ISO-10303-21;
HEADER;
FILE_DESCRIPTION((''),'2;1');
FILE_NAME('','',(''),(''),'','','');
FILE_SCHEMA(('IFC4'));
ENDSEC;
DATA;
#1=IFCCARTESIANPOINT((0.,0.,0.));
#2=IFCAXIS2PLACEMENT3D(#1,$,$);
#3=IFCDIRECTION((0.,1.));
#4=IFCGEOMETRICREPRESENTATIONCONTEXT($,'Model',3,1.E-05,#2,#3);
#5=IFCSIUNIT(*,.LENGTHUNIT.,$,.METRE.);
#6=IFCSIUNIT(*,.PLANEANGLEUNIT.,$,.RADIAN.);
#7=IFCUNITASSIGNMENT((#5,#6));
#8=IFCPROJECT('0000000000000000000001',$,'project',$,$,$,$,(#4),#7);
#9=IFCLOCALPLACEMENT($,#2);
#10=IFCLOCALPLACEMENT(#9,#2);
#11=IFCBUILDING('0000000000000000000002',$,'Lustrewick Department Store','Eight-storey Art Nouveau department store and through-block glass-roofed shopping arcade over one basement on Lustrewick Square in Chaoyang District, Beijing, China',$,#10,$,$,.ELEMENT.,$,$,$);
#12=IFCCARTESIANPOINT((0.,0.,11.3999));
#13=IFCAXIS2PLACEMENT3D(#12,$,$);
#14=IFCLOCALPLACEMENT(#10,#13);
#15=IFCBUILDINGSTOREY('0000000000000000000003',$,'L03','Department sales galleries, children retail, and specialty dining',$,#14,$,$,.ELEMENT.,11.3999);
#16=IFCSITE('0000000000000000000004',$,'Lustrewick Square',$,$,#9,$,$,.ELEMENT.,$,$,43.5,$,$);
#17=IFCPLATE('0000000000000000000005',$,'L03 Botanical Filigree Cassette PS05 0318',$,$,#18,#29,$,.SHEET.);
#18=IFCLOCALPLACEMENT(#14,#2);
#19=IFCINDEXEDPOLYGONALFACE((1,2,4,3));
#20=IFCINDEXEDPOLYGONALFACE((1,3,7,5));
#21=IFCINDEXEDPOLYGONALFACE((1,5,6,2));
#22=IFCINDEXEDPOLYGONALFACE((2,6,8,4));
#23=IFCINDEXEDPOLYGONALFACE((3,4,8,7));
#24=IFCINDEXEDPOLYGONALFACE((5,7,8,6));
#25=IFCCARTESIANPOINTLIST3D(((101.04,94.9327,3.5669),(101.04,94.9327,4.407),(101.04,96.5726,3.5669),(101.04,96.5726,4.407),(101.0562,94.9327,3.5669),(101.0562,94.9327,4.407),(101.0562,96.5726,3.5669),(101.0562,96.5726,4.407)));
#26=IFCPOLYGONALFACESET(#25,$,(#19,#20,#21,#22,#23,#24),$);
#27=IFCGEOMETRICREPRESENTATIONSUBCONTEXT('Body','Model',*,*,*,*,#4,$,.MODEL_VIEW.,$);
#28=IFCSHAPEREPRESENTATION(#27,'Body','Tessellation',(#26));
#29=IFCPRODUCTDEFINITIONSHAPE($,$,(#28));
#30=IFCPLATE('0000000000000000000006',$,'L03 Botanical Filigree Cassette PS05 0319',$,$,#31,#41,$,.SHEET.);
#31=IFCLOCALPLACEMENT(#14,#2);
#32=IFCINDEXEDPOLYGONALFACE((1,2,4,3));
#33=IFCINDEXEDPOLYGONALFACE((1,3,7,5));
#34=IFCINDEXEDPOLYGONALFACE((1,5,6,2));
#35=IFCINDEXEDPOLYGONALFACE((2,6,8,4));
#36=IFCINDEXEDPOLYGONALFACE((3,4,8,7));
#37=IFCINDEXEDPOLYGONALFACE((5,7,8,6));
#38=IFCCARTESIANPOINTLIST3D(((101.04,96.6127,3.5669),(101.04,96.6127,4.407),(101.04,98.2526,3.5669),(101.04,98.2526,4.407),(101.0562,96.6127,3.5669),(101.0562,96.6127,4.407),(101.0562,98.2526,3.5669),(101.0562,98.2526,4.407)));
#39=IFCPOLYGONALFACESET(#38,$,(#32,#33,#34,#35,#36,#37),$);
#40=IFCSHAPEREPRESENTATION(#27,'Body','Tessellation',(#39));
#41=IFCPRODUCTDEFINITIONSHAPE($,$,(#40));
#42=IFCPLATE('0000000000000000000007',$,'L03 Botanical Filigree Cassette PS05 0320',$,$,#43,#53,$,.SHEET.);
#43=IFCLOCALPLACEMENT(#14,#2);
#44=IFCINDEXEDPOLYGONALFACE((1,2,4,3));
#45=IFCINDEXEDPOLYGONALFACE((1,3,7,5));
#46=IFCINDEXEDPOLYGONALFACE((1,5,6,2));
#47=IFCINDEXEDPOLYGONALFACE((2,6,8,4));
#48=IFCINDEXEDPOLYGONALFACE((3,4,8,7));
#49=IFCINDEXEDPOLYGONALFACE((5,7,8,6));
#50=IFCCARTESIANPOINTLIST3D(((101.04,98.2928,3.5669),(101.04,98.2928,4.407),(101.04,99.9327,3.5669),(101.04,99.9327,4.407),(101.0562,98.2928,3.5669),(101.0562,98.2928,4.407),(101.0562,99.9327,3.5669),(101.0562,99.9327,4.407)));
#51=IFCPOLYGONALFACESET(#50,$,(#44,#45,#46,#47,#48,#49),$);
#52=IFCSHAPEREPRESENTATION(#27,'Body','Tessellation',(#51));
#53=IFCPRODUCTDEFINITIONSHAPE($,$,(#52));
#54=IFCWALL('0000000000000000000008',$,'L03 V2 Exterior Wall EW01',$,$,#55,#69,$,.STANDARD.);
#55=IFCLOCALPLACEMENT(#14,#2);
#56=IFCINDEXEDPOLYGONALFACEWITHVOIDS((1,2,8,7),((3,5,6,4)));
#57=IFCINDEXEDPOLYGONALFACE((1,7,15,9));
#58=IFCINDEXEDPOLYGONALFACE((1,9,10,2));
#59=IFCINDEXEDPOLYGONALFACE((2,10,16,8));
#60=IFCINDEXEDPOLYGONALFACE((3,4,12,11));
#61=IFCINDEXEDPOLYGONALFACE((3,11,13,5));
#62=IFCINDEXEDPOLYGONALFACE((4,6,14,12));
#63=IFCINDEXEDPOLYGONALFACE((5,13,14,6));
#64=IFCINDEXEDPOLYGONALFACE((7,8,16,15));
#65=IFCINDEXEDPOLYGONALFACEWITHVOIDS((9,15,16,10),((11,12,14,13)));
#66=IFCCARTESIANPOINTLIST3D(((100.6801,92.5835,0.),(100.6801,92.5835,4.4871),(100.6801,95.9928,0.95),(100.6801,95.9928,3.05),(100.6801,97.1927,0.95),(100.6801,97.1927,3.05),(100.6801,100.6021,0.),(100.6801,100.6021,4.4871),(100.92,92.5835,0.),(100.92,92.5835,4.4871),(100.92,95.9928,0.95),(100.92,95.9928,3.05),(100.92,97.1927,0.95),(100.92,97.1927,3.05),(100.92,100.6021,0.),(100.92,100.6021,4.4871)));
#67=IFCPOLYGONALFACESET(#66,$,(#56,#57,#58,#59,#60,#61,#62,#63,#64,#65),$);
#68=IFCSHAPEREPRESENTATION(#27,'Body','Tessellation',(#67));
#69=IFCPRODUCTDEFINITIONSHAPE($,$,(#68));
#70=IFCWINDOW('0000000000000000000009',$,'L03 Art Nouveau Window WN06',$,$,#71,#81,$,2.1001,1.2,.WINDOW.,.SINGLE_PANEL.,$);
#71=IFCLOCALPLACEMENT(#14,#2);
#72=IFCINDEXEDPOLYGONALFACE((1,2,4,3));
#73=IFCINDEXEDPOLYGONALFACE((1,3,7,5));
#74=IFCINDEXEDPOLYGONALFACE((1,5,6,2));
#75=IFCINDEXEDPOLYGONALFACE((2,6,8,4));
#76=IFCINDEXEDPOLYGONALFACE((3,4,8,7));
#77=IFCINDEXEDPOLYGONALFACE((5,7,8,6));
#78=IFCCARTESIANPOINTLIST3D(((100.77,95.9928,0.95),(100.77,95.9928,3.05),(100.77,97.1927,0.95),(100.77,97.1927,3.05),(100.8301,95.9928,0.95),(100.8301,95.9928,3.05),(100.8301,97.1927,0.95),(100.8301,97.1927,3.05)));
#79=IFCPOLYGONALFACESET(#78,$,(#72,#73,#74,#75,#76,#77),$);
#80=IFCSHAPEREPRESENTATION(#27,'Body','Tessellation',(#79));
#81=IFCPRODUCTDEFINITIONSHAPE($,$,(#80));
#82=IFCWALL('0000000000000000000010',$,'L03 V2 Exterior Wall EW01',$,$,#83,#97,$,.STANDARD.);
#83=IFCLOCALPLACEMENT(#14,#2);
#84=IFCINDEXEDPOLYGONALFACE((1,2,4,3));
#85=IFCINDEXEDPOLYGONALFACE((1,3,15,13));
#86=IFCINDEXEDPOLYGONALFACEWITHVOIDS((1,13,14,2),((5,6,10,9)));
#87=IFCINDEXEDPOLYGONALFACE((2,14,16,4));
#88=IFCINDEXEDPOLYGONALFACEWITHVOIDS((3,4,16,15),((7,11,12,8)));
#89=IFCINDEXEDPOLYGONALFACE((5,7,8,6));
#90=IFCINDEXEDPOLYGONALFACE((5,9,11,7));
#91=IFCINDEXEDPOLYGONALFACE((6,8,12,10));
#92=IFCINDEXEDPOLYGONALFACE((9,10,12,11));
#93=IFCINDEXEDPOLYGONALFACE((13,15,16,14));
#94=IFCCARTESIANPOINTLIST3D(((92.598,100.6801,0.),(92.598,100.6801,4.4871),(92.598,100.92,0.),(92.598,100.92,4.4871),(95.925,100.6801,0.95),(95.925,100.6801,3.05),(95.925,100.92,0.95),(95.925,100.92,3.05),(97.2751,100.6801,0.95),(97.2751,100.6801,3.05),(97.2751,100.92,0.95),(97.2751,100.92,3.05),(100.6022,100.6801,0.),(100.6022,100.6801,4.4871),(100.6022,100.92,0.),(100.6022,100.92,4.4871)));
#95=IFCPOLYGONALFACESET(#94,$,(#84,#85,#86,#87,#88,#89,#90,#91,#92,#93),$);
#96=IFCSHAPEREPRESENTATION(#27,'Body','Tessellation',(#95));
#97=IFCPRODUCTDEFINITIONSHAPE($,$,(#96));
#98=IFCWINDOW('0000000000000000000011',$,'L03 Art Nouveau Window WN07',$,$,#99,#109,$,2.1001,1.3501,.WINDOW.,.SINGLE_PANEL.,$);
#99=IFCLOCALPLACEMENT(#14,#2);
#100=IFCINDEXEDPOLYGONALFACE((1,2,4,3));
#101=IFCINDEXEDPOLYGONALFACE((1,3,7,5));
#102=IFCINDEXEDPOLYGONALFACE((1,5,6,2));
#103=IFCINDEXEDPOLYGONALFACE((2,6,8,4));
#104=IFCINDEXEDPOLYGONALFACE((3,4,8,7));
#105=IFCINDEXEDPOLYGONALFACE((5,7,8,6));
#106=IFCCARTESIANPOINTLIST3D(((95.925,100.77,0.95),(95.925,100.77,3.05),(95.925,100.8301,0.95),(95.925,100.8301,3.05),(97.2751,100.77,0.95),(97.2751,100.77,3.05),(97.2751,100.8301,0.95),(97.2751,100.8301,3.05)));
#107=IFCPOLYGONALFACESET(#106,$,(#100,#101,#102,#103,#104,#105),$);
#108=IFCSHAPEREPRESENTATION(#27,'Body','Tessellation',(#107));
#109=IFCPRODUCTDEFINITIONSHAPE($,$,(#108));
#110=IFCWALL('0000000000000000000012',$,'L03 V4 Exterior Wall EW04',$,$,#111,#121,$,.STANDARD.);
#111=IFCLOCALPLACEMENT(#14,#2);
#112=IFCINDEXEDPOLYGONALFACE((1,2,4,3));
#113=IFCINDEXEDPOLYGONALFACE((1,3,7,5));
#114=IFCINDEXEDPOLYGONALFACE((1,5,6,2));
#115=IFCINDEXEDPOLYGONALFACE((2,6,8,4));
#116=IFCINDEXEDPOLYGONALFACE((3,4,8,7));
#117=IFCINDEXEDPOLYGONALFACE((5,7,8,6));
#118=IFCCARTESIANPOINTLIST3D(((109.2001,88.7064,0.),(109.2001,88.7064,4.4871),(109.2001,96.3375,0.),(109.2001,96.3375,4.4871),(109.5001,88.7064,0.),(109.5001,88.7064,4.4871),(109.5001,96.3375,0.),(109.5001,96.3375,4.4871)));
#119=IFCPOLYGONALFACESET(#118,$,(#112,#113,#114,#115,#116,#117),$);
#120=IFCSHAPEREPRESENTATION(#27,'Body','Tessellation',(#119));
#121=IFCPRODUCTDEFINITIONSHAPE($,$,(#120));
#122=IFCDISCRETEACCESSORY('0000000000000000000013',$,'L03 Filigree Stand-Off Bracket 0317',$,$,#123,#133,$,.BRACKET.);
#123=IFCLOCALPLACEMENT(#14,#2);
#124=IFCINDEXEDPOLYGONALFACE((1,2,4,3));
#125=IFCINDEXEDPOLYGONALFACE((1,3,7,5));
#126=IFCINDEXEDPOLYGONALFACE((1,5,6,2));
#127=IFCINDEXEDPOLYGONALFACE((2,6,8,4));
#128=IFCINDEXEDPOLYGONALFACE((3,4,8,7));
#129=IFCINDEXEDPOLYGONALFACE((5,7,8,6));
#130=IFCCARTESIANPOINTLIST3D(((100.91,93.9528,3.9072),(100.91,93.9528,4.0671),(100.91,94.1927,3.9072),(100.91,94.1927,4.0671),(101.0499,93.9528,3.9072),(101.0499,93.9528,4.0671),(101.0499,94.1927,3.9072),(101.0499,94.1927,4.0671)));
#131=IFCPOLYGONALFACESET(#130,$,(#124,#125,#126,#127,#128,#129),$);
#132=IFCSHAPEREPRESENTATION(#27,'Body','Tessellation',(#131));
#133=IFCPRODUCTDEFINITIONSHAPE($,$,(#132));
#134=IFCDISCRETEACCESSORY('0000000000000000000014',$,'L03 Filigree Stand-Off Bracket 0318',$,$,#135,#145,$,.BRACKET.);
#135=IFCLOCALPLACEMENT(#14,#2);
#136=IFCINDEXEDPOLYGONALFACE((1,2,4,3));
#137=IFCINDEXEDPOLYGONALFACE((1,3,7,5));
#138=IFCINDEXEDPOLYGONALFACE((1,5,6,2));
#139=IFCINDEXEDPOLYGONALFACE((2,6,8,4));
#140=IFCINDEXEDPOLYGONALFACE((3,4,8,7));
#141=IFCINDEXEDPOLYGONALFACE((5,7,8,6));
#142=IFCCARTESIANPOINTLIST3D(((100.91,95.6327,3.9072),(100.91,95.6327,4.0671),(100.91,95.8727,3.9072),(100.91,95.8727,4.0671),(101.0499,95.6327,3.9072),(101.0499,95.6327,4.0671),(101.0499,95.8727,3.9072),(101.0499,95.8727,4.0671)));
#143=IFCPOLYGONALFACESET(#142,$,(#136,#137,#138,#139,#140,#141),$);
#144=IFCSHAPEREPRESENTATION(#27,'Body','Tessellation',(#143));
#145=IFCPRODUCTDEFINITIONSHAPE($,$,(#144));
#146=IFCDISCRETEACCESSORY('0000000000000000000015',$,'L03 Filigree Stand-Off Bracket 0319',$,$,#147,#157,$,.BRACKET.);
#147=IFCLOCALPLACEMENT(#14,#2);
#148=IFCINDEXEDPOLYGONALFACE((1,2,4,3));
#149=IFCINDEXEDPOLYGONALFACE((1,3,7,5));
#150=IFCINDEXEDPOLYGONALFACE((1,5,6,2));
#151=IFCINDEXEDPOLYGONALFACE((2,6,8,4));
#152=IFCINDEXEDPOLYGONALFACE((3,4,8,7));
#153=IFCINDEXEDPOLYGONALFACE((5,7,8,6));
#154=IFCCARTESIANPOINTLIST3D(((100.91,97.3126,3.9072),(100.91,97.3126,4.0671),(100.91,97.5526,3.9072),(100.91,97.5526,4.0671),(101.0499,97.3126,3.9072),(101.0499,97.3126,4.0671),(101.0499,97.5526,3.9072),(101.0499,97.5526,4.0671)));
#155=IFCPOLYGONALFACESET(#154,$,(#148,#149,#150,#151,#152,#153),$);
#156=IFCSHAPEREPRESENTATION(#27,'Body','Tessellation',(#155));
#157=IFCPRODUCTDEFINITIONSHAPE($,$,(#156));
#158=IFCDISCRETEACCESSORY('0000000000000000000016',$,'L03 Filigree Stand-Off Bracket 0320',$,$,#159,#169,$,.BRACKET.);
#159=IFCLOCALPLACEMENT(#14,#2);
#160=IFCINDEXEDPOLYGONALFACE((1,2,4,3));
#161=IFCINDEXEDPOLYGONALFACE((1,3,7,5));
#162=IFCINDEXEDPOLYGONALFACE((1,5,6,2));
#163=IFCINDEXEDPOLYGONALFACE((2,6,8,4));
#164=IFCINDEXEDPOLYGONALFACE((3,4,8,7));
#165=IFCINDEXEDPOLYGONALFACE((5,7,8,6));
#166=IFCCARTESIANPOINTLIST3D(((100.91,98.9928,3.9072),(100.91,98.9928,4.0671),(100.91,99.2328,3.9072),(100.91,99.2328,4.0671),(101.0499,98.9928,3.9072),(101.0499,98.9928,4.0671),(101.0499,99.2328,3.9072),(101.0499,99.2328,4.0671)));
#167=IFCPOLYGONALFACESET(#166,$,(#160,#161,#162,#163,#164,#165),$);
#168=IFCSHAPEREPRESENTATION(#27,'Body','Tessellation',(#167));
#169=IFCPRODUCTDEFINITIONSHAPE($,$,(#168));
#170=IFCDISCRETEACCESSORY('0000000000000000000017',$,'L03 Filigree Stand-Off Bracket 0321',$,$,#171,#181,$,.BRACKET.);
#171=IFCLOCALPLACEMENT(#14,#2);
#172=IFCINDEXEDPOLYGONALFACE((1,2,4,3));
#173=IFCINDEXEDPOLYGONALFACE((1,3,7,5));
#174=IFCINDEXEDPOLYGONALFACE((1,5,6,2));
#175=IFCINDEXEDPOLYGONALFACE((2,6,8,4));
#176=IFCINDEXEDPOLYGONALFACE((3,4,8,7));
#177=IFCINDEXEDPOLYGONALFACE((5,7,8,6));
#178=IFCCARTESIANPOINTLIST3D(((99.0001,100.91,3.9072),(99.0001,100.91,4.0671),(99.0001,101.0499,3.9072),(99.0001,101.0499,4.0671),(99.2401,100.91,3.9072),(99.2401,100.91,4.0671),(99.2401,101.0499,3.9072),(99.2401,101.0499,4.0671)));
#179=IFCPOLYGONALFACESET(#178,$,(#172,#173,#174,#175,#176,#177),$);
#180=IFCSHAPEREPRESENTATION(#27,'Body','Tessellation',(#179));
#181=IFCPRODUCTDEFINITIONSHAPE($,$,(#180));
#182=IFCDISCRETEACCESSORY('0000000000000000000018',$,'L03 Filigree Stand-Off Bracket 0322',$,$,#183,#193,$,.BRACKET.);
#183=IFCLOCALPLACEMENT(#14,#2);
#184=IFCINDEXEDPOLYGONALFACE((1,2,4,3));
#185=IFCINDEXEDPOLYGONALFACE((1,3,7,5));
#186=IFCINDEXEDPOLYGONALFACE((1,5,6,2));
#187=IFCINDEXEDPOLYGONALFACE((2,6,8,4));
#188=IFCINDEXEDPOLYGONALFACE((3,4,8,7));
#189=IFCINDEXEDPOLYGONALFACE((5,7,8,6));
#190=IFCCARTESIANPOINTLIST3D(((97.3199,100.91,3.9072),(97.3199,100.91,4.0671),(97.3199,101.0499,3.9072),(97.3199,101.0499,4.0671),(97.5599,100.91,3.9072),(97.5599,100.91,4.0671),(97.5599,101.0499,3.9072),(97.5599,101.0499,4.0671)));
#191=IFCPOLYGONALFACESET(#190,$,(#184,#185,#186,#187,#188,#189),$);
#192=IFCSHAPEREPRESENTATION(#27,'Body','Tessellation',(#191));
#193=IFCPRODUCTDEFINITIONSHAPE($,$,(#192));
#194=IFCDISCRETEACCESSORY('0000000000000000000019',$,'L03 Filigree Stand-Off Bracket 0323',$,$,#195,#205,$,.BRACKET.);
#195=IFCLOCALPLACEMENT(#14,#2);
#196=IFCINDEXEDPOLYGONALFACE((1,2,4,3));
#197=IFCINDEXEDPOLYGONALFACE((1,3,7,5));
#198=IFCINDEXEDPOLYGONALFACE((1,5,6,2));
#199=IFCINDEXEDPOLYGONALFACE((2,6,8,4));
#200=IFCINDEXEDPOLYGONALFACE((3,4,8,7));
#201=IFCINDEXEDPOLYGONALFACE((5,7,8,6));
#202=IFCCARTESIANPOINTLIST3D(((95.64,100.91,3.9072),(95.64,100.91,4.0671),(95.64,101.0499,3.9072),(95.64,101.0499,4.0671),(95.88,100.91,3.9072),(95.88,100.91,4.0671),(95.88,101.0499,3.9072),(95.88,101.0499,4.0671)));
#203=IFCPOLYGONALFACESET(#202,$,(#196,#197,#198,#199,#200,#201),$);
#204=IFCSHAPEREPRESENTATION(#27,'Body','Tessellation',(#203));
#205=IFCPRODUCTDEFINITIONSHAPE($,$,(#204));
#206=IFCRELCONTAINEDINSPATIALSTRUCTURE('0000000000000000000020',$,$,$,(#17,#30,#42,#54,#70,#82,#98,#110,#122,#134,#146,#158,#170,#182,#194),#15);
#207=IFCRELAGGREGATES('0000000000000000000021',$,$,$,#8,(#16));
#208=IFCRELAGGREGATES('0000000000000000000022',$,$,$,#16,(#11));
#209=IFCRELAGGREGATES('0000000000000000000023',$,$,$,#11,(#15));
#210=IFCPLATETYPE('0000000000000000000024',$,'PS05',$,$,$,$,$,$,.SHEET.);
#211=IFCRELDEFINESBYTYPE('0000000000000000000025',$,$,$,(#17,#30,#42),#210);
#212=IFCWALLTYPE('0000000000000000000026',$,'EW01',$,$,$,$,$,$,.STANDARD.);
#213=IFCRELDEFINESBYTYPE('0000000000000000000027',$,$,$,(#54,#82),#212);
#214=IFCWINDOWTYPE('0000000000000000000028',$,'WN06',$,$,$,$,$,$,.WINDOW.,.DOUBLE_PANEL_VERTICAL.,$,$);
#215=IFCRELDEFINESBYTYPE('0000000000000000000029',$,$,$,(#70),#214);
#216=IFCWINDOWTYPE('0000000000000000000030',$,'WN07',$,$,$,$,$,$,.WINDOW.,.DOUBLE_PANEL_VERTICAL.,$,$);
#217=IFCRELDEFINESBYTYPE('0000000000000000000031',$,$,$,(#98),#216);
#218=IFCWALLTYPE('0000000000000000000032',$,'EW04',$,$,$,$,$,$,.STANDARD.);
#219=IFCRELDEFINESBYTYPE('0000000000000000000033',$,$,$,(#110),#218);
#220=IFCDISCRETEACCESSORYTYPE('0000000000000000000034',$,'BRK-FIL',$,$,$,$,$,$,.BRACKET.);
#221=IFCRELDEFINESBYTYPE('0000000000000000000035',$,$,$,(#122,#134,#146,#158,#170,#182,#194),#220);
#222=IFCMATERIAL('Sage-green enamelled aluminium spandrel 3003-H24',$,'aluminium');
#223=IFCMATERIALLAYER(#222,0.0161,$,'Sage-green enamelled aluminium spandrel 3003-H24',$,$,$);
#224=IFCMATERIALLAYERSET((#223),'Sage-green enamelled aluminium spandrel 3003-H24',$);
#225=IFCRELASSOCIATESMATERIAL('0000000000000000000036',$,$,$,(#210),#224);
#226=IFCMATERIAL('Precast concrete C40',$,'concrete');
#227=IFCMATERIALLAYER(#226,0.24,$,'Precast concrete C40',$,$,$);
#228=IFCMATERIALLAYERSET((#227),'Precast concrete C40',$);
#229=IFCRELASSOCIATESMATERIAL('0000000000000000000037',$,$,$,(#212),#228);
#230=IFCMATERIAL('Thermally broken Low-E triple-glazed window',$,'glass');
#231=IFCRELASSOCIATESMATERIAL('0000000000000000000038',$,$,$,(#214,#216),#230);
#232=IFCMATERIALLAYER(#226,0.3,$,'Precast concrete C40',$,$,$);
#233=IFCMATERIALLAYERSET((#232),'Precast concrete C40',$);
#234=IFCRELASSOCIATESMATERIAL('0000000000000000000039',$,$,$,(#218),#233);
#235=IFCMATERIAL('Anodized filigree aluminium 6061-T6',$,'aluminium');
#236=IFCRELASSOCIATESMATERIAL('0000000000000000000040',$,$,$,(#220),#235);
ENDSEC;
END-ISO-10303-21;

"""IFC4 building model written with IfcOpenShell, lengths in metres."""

from ifc_helpers import new_model, si_unit, direction, frame, frame_2d, origin, origin_2d, place, context, subcontext, project, spatial, rectangle, extrude, material, layer, layer_set, type_object, element, fill, save


model = new_model("IFC4")

# Units and contexts
model_context = context("Model", 3, precision=1e-05, world=origin(), true_north=direction((0.0, 1.0)))
body_context = subcontext(model_context, "Body", "Model", "MODEL_VIEW")
ifc_project = project(units=[si_unit("LENGTHUNIT", "METRE"), si_unit("PLANEANGLEUNIT", "RADIAN")], contexts=[model_context])

# Site, building, storey
site_placement = place(None, origin())
site = spatial("IfcSite", under=ifc_project, at=site_placement, Name="Lustrewick Square", CompositionType="ELEMENT", RefElevation=43.5)
building_placement = place(site_placement, origin())
building = spatial("IfcBuilding", under=site, at=building_placement, Name="Lustrewick Department Store", Description="Eight-storey Art Nouveau department store and through-block glass-roofed shopping arcade over one basement on Lustrewick Square in Chaoyang District, Beijing, China", CompositionType="ELEMENT")
storey_placement = place(building_placement, frame((0.0, 0.0, 11.3999)))
storey = spatial("IfcBuildingStorey", under=building, at=storey_placement, Name="L03", Description="Department sales galleries, children retail, and specialty dining", CompositionType="ELEMENT", Elevation=11.3999)

# Plates
ifc_material_1 = material(Name="Sage-green enamelled aluminium spandrel 3003-H24", Category="aluminium")
ifc_layer_1 = layer(ifc_material_1, 0.0161, Name="Sage-green enamelled aluminium spandrel 3003-H24")
ifc_layer_set_1 = layer_set([ifc_layer_1], Name="Sage-green enamelled aluminium spandrel 3003-H24")
plate_type_1 = type_object("IfcPlateType", Name="PS05", PredefinedType="SHEET", material=ifc_layer_set_1)
for number, where, z_axis, x_axis, name in (
    (1, (101.0481, 95.7527, 3.5669), (0.0, 0.0, 1.0), (0.0, 1.0, 0.0), "L03 Botanical Filigree Cassette PS05 0318"),
    (2, (101.0481, 97.4326, 3.5669), (0.0, 0.0, 1.0), (0.0, 1.0, 0.0), "L03 Botanical Filigree Cassette PS05 0319"),
    (3, (101.0481, 99.1128, 3.5669), (0.0, 0.0, 1.0), (0.0, 1.0, 0.0), "L03 Botanical Filigree Cassette PS05 0320"),
):
    element("IfcPlate", number, at=place(storey_placement, frame(where, z_axis=z_axis, x_axis=x_axis)), inside=storey, type_object=plate_type_1, Name=name, PredefinedType="SHEET", context=body_context, shape_type="SweptSolid", body=[
        extrude(rectangle(XDim=1.6399, YDim=0.0161, at=origin_2d()), origin(), (0.0, 0.0, 1.0), 0.8401),
    ])

# Walls, openings, windows
ifc_material_2 = material(Name="Precast concrete C40", Category="concrete")
ifc_layer_2 = layer(ifc_material_2, 0.24, Name="Precast concrete C40")
ifc_layer_set_2 = layer_set([ifc_layer_2], Name="Precast concrete C40")
wall_type_1 = type_object("IfcWallType", Name="EW01", PredefinedType="STANDARD", material=ifc_layer_set_2)
wall_1_placement = place(storey_placement, frame((100.8, 92.5835, 0.0), z_axis=(0.0, 0.0, 1.0), x_axis=(0.0, 1.0, 0.0)))
wall_1 = element("IfcWall", 4, at=wall_1_placement, inside=storey, type_object=wall_type_1, Name="L03 V2 Exterior Wall EW01", PredefinedType="STANDARD", context=body_context, shape_type="SweptSolid", body=[
    extrude(rectangle(XDim=8.0186, YDim=0.24, at=frame_2d((4.0093, 0.0))), origin(), (0.0, 0.0, 1.0), 4.4871),
])
opening_1_placement = place(wall_1_placement, frame((3.4092, 0.0, 0.95)))
opening_1 = element("IfcOpeningElement", 5, at=opening_1_placement, cuts=wall_1, PredefinedType="OPENING", context=body_context, shape_type="SweptSolid", body=[
    extrude(rectangle(XDim=1.2, YDim=2.1001, at=frame_2d((0.6001, 1.05))), frame((0.0, 0.1299, 0.0), z_axis=(0.0, -1.0, 0.0), x_axis=(1.0, 0.0, 0.0)), (0.0, 0.0, 1.0), 0.26),
])
ifc_material_3 = material(Name="Thermally broken Low-E triple-glazed window", Category="glass")
window_type_1 = type_object("IfcWindowType", Name="WN06", PartitioningType="DOUBLE_PANEL_VERTICAL", PredefinedType="WINDOW", material=ifc_material_3)
window_1_placement = place(opening_1_placement, origin())
window_1 = element("IfcWindow", 6, at=window_1_placement, inside=storey, type_object=window_type_1, Name="L03 Art Nouveau Window WN06", OverallHeight=2.1001, OverallWidth=1.2, PartitioningType="SINGLE_PANEL", PredefinedType="WINDOW", context=body_context, shape_type="SweptSolid", body=[
    extrude(rectangle(XDim=1.2, YDim=2.1001, at=frame_2d((0.6001, 1.05))), frame((0.0, 0.03, 0.0), z_axis=(0.0, -1.0, 0.0), x_axis=(1.0, 0.0, 0.0)), (0.0, 0.0, 1.0), 0.0601),
])
fill(opening_1, window_1)
wall_2_placement = place(storey_placement, frame((100.6021, 100.8, 0.0), z_axis=(0.0, 0.0, 1.0), x_axis=(-1.0, 0.0, 0.0)))
wall_2 = element("IfcWall", 7, at=wall_2_placement, inside=storey, type_object=wall_type_1, Name="L03 V2 Exterior Wall EW01", PredefinedType="STANDARD", context=body_context, shape_type="SweptSolid", body=[
    extrude(rectangle(XDim=8.0042, YDim=0.24, at=frame_2d((4.002, 0.0))), origin(), (0.0, 0.0, 1.0), 4.4871),
])
opening_2_placement = place(wall_2_placement, frame((3.3269, 0.0, 0.95)))
opening_2 = element("IfcOpeningElement", 8, at=opening_2_placement, cuts=wall_2, PredefinedType="OPENING", context=body_context, shape_type="SweptSolid", body=[
    extrude(rectangle(XDim=1.3501, YDim=2.1001, at=frame_2d((0.675, 1.05))), frame((0.0, 0.1299, 0.0), z_axis=(0.0, -1.0, 0.0), x_axis=(1.0, 0.0, 0.0)), (0.0, 0.0, 1.0), 0.26),
])
window_type_2 = type_object("IfcWindowType", Name="WN07", PartitioningType="DOUBLE_PANEL_VERTICAL", PredefinedType="WINDOW", material=ifc_material_3)
window_2_placement = place(opening_2_placement, origin())
window_2 = element("IfcWindow", 9, at=window_2_placement, inside=storey, type_object=window_type_2, Name="L03 Art Nouveau Window WN07", OverallHeight=2.1001, OverallWidth=1.3501, PartitioningType="SINGLE_PANEL", PredefinedType="WINDOW", context=body_context, shape_type="SweptSolid", body=[
    extrude(rectangle(XDim=1.3501, YDim=2.1001, at=frame_2d((0.675, 1.05))), frame((0.0, 0.03, 0.0), z_axis=(0.0, -1.0, 0.0), x_axis=(1.0, 0.0, 0.0)), (0.0, 0.0, 1.0), 0.0601),
])
fill(opening_2, window_2)

# Wall
ifc_layer_3 = layer(ifc_material_2, 0.3, Name="Precast concrete C40")
ifc_layer_set_3 = layer_set([ifc_layer_3], Name="Precast concrete C40")
wall_type_2 = type_object("IfcWallType", Name="EW04", PredefinedType="STANDARD", material=ifc_layer_set_3)
wall_3_placement = place(storey_placement, frame((109.3501, 96.3374, 0.0), z_axis=(0.0, 0.0, 1.0), x_axis=(0.0, -1.0, 0.0)))
element("IfcWall", 10, at=wall_3_placement, inside=storey, type_object=wall_type_2, Name="L03 V4 Exterior Wall EW04", PredefinedType="STANDARD", context=body_context, shape_type="SweptSolid", body=[
    extrude(rectangle(XDim=7.6311, YDim=0.3, at=frame_2d((3.8154, 0.0))), origin(), (0.0, 0.0, 1.0), 4.4871),
])

# Discrete accessories
ifc_material_4 = material(Name="Anodized filigree aluminium 6061-T6", Category="aluminium")
discrete_accessory_type = type_object("IfcDiscreteAccessoryType", Name="BRK-FIL", PredefinedType="BRACKET", material=ifc_material_4)
for number, where, z_axis, x_axis, name in (
    (11, (100.98, 94.0728, 3.9072), (0.0, 0.0, 1.0), (0.0, 1.0, 0.0), "L03 Filigree Stand-Off Bracket 0317"),
    (12, (100.98, 95.7527, 3.9072), (0.0, 0.0, 1.0), (0.0, 1.0, 0.0), "L03 Filigree Stand-Off Bracket 0318"),
    (13, (100.98, 97.4326, 3.9072), (0.0, 0.0, 1.0), (0.0, 1.0, 0.0), "L03 Filigree Stand-Off Bracket 0319"),
    (14, (100.98, 99.1128, 3.9072), (0.0, 0.0, 1.0), (0.0, 1.0, 0.0), "L03 Filigree Stand-Off Bracket 0320"),
    (15, (99.1201, 100.98, 3.9072), (0.0, 0.0, 1.0), (-1.0, 0.0, 0.0), "L03 Filigree Stand-Off Bracket 0321"),
    (16, (97.4399, 100.98, 3.9072), (0.0, 0.0, 1.0), (-1.0, 0.0, 0.0), "L03 Filigree Stand-Off Bracket 0322"),
    (17, (95.76, 100.98, 3.9072), (0.0, 0.0, 1.0), (-1.0, 0.0, 0.0), "L03 Filigree Stand-Off Bracket 0323"),
):
    element("IfcDiscreteAccessory", number, at=place(storey_placement, frame(where, z_axis=z_axis, x_axis=x_axis)), inside=storey, type_object=discrete_accessory_type, Name=name, PredefinedType="BRACKET", context=body_context, shape_type="SweptSolid", body=[
        extrude(rectangle(XDim=0.24, YDim=0.1399, at=origin_2d()), origin(), (0.0, 0.0, 1.0), 0.1599),
    ])

save(model, "model.ifc")
